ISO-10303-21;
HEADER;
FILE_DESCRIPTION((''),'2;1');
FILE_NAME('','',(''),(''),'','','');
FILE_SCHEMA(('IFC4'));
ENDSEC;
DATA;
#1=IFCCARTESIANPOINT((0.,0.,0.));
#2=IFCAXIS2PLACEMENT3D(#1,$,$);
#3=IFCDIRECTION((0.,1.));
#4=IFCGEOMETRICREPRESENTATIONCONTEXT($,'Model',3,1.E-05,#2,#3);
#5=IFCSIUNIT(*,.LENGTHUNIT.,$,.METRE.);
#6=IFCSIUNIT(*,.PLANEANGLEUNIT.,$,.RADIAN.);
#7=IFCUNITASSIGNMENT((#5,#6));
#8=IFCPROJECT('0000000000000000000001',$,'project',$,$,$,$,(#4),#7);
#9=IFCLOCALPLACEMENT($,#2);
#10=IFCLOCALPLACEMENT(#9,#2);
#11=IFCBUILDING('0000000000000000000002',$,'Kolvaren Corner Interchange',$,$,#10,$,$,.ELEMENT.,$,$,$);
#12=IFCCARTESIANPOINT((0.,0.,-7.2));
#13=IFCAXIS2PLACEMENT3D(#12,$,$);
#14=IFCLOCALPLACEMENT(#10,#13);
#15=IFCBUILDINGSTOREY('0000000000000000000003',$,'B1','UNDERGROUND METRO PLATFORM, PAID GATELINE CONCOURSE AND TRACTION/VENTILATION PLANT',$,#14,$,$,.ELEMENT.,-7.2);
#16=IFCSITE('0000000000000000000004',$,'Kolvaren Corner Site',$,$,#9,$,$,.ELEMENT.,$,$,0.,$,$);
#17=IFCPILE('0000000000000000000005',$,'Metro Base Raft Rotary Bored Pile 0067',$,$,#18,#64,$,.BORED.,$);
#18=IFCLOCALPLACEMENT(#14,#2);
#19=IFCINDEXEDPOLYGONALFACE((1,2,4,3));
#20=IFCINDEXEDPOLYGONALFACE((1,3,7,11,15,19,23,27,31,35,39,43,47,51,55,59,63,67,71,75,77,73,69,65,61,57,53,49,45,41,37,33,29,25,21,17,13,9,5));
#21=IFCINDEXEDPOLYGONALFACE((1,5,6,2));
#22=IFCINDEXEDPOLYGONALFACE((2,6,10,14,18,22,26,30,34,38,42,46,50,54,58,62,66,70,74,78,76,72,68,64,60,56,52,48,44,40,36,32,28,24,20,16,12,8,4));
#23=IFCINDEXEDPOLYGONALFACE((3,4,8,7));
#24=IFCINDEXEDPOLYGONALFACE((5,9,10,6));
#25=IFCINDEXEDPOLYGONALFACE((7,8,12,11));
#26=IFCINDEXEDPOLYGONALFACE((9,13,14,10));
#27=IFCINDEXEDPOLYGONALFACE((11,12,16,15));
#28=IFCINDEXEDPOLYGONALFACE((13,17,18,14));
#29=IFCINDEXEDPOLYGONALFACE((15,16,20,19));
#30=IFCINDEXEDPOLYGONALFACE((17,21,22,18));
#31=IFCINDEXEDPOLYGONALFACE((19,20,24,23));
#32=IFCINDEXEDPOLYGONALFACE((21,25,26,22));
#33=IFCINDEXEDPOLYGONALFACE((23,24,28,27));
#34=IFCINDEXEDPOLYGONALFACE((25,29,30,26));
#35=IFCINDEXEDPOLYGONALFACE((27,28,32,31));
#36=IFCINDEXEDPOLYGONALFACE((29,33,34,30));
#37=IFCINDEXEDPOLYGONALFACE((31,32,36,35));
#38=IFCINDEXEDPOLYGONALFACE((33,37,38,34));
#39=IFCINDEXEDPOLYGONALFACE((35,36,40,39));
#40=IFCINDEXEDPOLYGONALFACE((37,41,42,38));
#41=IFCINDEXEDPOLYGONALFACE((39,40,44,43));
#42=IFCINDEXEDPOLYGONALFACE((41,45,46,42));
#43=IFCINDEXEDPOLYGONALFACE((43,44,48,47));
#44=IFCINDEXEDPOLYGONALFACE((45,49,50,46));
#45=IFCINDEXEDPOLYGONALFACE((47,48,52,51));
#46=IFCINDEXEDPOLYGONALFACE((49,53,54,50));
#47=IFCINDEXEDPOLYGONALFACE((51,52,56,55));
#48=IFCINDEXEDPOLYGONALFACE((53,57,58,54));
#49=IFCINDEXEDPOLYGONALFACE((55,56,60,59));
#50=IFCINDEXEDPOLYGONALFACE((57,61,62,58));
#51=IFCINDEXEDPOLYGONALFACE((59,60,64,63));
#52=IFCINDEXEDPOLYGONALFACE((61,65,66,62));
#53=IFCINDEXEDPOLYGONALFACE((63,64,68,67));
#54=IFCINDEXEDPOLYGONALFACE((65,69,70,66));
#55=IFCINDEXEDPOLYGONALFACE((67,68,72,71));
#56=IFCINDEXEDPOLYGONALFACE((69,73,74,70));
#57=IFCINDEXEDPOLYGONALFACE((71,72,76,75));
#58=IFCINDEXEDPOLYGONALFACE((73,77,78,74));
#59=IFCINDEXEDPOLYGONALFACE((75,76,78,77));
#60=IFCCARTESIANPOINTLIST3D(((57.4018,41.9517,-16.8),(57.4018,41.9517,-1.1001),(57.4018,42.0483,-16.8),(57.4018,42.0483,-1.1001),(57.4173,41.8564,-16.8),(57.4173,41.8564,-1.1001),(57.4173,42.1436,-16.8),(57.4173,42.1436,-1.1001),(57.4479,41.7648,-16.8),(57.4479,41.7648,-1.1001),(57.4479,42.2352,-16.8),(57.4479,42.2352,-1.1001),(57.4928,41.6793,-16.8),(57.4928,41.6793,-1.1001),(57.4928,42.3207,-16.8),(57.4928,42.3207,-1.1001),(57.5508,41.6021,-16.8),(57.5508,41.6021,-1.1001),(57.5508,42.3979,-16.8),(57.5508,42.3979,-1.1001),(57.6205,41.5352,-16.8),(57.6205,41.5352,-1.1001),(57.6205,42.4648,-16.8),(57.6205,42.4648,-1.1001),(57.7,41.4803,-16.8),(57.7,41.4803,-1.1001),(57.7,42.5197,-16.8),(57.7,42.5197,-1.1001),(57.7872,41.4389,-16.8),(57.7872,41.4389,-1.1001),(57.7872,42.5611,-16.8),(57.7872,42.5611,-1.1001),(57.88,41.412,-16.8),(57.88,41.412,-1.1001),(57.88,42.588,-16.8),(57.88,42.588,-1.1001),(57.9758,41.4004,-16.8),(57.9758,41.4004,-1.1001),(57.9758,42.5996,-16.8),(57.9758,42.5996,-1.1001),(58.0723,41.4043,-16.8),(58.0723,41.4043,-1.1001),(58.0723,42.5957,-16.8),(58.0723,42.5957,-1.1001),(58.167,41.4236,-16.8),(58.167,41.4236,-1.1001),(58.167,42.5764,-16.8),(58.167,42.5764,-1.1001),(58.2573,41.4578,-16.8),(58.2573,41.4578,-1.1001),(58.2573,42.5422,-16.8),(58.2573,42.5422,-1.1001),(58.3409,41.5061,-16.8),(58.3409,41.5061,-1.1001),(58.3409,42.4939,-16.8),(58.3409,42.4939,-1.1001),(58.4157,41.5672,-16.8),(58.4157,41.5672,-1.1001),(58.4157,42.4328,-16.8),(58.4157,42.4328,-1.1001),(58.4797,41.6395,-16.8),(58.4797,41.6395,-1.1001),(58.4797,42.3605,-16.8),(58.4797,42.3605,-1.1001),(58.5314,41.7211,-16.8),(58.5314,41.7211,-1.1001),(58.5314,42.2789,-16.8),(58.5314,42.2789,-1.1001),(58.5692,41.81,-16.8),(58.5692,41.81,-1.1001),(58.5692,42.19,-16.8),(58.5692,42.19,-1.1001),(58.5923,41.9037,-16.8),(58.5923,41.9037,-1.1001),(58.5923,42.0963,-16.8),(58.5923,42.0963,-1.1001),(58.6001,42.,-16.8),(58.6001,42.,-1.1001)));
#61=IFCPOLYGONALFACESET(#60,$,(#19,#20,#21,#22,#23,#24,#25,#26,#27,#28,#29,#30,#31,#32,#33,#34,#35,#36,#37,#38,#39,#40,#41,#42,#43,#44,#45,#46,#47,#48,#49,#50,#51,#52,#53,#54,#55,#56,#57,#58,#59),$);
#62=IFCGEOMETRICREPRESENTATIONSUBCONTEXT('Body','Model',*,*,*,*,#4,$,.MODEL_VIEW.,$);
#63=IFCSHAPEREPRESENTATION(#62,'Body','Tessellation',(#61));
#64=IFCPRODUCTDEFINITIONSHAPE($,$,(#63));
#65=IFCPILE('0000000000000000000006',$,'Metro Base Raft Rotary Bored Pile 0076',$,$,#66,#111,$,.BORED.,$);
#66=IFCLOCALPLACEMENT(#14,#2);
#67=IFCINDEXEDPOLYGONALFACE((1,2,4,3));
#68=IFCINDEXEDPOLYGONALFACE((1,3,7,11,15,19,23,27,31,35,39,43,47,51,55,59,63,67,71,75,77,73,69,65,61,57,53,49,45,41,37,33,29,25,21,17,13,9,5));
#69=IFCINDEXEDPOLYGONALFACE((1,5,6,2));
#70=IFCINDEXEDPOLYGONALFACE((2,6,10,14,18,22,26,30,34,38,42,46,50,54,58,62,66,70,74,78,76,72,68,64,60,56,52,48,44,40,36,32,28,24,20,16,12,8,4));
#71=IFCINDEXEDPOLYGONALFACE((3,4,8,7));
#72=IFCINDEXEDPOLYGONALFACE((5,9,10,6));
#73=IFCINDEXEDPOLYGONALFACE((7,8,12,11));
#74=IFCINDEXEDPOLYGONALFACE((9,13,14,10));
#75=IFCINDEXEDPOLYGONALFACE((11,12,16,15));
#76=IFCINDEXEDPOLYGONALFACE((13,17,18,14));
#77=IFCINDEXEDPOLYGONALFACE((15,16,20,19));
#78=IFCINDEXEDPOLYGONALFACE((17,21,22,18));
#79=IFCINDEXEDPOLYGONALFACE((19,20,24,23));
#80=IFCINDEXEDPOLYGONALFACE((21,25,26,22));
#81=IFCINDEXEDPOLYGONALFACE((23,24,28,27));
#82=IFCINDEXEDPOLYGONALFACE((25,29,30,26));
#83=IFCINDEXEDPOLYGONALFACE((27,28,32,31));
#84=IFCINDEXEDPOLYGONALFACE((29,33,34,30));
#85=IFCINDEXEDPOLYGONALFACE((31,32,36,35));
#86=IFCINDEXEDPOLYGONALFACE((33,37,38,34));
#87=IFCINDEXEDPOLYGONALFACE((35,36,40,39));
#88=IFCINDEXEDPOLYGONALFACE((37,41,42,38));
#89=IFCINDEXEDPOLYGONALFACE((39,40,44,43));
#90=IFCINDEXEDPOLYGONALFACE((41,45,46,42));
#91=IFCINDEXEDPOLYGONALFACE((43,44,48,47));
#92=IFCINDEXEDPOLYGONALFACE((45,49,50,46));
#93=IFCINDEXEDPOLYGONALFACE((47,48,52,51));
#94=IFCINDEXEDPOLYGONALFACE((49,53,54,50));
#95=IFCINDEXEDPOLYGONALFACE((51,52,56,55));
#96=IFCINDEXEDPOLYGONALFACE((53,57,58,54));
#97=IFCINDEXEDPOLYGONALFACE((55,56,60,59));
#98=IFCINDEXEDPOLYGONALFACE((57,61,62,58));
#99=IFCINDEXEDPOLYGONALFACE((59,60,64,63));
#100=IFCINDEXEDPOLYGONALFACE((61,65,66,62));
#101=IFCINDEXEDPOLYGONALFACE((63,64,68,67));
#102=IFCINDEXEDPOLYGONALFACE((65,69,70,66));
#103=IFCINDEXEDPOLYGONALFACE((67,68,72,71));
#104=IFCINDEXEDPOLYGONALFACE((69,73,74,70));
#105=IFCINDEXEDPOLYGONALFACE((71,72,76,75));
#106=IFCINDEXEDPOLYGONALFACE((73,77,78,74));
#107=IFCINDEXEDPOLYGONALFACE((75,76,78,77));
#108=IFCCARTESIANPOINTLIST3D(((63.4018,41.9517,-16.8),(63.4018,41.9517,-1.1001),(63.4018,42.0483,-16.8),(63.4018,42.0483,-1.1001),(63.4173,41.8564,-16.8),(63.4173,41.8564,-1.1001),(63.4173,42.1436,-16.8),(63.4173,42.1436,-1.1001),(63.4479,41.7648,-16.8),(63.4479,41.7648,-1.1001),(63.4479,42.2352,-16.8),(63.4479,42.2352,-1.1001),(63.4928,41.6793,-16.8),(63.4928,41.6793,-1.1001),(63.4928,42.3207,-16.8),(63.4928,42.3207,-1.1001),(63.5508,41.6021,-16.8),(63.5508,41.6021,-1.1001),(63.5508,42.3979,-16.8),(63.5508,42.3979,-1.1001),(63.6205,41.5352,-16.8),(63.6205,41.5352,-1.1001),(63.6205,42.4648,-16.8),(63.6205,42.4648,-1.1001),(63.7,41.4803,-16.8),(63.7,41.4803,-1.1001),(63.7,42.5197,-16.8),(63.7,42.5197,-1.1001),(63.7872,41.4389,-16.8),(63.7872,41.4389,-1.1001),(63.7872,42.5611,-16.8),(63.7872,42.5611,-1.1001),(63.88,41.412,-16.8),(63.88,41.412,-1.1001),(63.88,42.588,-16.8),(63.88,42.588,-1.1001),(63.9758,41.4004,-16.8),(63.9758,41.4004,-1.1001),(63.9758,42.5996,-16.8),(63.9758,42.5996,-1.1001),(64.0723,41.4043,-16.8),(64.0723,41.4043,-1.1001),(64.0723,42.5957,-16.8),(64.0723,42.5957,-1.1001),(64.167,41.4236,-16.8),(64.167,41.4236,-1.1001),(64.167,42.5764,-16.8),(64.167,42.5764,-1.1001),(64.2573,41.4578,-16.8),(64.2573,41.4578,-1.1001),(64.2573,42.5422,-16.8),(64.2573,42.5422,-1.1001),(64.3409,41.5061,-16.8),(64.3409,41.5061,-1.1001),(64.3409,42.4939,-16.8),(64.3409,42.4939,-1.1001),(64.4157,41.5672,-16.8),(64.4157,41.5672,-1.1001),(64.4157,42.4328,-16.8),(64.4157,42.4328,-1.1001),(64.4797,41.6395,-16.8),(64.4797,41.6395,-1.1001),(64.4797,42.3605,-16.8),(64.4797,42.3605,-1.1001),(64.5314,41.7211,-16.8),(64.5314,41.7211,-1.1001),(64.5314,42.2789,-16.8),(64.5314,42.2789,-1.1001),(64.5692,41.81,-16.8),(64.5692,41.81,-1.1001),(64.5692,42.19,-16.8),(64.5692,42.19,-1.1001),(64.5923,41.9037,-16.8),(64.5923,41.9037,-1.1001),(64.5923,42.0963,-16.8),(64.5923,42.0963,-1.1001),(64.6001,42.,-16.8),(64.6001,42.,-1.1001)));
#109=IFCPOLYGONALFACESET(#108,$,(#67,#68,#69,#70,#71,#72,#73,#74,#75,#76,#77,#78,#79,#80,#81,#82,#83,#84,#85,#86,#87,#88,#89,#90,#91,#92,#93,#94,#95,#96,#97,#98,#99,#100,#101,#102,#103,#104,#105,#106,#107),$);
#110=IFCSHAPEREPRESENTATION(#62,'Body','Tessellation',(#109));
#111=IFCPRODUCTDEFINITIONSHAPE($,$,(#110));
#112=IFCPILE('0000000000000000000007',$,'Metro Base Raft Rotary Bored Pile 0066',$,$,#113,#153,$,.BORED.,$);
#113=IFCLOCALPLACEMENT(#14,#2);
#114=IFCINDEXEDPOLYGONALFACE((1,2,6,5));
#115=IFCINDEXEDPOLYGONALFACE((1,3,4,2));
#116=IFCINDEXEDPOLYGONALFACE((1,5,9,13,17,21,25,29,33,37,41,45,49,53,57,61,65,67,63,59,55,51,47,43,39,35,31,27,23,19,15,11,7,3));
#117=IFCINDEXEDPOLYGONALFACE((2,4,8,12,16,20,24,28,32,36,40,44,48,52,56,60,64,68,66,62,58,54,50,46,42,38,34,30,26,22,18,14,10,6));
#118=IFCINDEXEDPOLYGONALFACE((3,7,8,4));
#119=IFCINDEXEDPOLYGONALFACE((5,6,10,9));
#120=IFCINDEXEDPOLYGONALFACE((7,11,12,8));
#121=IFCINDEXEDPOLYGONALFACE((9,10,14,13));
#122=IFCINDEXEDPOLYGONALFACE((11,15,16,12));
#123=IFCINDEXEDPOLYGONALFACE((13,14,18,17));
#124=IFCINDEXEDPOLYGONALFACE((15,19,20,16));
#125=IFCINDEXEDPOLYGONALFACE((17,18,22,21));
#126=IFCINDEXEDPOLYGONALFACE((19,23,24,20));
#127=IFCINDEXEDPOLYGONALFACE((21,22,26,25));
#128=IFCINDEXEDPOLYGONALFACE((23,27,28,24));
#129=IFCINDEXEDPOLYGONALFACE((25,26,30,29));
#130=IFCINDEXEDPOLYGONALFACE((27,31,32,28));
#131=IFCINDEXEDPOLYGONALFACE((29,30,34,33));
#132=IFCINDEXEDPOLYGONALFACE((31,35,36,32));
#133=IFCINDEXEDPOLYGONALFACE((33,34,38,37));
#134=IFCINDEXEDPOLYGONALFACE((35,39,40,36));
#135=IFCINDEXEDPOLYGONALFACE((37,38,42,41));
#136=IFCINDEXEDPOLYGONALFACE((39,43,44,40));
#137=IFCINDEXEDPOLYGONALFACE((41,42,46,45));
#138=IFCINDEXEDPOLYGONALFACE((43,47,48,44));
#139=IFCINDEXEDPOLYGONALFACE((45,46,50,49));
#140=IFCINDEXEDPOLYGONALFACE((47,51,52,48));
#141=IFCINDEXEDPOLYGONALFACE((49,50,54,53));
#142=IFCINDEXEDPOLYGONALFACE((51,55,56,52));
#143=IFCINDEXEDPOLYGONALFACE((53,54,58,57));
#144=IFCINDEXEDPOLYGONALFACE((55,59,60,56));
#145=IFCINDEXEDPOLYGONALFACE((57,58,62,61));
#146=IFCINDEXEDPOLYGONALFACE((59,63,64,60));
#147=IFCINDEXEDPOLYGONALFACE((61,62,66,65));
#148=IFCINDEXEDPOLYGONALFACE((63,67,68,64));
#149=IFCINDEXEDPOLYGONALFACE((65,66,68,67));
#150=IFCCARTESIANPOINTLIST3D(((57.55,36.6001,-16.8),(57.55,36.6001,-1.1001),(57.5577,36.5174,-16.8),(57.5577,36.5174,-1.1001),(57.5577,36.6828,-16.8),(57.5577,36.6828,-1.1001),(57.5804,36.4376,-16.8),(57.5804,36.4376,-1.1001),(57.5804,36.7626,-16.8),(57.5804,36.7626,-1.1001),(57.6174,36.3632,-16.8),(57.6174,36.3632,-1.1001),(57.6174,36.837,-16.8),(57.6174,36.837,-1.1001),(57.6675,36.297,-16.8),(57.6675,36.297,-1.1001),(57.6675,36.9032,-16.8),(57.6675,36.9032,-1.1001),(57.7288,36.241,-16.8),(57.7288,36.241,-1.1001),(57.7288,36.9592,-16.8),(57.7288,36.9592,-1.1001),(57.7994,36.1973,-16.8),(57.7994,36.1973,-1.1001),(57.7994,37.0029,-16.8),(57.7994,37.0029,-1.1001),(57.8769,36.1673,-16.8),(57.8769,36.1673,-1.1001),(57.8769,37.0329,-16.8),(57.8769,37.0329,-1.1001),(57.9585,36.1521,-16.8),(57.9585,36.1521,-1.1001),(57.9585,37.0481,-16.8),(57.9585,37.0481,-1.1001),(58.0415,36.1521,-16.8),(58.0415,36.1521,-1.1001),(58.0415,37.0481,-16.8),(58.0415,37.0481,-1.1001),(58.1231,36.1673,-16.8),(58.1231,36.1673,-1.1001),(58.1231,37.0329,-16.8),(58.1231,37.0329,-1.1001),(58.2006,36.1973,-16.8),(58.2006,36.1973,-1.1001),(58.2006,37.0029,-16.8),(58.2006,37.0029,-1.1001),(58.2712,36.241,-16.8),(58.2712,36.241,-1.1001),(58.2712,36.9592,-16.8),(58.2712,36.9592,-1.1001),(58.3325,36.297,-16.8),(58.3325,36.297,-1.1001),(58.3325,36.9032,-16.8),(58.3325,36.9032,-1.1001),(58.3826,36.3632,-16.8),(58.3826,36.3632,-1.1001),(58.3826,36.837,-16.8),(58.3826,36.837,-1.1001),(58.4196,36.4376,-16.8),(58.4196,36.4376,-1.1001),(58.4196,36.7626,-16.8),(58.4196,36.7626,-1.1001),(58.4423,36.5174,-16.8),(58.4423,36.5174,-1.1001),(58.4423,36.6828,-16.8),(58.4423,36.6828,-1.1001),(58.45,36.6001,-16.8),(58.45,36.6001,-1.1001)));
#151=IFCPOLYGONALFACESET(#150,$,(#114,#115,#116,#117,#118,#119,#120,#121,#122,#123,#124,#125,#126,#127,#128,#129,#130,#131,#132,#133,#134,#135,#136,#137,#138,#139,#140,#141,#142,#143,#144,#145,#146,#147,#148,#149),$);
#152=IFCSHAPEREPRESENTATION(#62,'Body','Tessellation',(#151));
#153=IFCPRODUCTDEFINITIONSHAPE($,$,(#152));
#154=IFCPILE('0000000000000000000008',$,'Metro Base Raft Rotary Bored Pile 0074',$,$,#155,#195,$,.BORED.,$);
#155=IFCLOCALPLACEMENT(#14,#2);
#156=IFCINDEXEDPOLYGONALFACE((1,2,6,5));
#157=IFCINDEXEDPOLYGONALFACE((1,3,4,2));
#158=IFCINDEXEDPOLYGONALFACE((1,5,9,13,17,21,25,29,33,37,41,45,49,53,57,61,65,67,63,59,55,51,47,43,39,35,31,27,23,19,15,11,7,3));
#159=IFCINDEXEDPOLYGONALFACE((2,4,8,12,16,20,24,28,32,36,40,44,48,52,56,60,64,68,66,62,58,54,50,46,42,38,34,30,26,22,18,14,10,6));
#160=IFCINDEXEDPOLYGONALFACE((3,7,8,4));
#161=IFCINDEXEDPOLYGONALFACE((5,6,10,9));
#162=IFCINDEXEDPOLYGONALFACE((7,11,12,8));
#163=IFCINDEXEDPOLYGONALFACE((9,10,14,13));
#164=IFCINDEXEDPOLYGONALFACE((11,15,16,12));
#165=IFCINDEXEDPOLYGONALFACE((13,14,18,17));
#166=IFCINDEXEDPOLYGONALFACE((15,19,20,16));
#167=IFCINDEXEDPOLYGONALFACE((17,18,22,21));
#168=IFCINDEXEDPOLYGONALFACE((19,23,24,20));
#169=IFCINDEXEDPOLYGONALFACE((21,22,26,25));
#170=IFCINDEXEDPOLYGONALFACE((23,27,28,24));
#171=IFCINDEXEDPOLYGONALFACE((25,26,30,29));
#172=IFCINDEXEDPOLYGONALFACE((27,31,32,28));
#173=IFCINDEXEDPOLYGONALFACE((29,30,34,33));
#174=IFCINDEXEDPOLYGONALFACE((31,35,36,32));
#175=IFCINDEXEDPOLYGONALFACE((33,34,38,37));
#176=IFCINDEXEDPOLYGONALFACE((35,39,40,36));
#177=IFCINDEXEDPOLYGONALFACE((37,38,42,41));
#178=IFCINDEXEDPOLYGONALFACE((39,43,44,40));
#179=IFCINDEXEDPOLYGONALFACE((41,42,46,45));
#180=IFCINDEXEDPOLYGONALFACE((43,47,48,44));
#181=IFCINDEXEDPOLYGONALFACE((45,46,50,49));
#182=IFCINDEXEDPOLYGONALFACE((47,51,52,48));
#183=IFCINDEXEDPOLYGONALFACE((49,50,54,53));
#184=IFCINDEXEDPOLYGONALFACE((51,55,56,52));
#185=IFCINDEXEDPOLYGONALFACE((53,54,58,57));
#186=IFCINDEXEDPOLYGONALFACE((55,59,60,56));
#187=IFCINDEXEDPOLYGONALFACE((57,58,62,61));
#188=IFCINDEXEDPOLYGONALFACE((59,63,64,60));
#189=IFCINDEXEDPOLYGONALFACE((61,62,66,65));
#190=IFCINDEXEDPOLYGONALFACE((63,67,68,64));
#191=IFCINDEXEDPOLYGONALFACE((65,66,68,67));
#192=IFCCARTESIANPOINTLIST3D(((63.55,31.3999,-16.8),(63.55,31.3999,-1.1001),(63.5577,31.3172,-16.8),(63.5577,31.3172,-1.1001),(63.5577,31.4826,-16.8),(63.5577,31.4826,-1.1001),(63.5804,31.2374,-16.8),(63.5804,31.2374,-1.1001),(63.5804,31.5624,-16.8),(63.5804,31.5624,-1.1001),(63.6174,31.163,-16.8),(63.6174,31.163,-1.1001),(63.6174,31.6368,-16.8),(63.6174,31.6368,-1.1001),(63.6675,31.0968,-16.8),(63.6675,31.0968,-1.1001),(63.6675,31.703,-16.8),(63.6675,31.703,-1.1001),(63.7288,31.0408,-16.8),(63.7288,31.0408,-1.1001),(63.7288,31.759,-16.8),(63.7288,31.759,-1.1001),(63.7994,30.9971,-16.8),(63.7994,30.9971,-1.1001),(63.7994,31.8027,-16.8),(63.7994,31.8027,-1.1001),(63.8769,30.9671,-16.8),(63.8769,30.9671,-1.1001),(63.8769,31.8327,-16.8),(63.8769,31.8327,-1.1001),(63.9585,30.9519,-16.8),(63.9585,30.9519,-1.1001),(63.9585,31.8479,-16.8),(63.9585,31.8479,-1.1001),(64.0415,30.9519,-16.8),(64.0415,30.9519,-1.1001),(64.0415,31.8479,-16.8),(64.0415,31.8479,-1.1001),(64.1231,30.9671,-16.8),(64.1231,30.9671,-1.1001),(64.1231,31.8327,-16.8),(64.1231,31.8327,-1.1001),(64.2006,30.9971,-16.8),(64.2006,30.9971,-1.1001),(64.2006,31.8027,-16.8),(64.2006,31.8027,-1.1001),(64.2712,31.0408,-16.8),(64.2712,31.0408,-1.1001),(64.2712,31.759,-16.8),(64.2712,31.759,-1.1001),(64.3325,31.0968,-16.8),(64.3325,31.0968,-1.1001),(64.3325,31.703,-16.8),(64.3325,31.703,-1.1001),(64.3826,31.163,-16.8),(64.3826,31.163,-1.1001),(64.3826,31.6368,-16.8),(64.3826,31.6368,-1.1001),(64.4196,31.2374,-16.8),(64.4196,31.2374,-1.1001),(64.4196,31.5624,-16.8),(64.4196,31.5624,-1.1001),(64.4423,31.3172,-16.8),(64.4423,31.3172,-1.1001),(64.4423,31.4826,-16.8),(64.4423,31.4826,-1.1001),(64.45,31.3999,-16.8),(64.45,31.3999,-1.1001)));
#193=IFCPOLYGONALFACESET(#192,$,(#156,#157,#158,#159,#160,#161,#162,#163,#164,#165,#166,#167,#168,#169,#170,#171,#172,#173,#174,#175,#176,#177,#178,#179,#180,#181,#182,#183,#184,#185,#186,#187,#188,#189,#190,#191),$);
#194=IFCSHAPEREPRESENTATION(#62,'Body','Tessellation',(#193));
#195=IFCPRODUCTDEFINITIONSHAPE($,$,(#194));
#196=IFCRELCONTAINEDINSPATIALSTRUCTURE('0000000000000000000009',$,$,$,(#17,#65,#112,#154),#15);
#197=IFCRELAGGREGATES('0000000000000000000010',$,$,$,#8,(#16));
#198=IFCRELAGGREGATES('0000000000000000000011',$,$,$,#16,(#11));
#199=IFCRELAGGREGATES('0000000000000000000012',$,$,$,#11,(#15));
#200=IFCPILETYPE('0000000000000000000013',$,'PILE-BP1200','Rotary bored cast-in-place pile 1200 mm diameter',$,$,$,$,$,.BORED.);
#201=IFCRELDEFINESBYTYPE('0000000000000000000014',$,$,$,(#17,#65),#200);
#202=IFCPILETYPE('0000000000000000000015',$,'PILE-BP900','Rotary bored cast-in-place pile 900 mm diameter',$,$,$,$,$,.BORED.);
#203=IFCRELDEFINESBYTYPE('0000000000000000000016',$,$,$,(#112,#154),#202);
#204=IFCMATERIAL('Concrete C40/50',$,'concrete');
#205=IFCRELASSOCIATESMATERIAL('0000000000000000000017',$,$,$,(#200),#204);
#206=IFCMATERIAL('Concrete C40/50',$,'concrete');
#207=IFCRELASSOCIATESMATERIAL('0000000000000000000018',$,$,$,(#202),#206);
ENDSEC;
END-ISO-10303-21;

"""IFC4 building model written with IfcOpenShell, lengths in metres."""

from ifc_helpers import new_model, si_unit, direction, frame, origin, origin_2d, place, context, subcontext, project, spatial, circle, extrude, material, material_profile, profile_set, type_object, element, save


model = new_model("IFC4")

# Units and contexts
model_context = context("Model", 3, precision=1e-05, world=origin(), true_north=direction((0.0, 1.0)))
body_context = subcontext(model_context, "Body", "Model", "MODEL_VIEW")
ifc_project = project(units=[si_unit("LENGTHUNIT", "METRE"), si_unit("PLANEANGLEUNIT", "RADIAN")], contexts=[model_context])

# Site, building, storey
site_placement = place(None, origin())
site = spatial("IfcSite", under=ifc_project, at=site_placement, Name="Kolvaren Corner Site", CompositionType="ELEMENT", RefElevation=0.0)
building_placement = place(site_placement, origin())
building = spatial("IfcBuilding", under=site, at=building_placement, Name="Kolvaren Corner Interchange", CompositionType="ELEMENT")
storey_placement = place(building_placement, frame((0.0, 0.0, -7.2)))
storey = spatial("IfcBuildingStorey", under=building, at=storey_placement, Name="B1", Description="UNDERGROUND METRO PLATFORM, PAID GATELINE CONCOURSE AND TRACTION/VENTILATION PLANT", CompositionType="ELEMENT", Elevation=-7.2)

# Piles
ifc_material_1 = material(Name="Concrete C40/50", Category="concrete")
ifc_material_profile_1 = material_profile(ifc_material_1, circle(Radius=0.6001, at=origin_2d()), Name="BORED PILE 1200")
ifc_profile_set_1 = profile_set([ifc_material_profile_1], Name="Concrete C40/50")
pile_type_1 = type_object("IfcPileType", Name="PILE-BP1200", Description="Rotary bored cast-in-place pile 1200 mm diameter", PredefinedType="BORED", material=ifc_profile_set_1)
for number, where, z_axis, x_axis, name in (
    (1, (58.0, 42.0, -1.1001), (0.0, 0.0, -1.0), (1.0, 0.0, 0.0), "Metro Base Raft Rotary Bored Pile 0067"),
    (2, (64.0, 42.0, -1.1001), (0.0, 0.0, -1.0), (1.0, 0.0, 0.0), "Metro Base Raft Rotary Bored Pile 0076"),
):
    element("IfcPile", number, at=place(storey_placement, frame(where, z_axis=z_axis, x_axis=x_axis)), inside=storey, type_object=pile_type_1, Name=name, PredefinedType="BORED", context=body_context, shape_type="SweptSolid", body=[
        extrude(circle(Radius=0.6001, at=origin_2d()), origin(), (0.0, 0.0, 1.0), 15.7),
    ])
ifc_material_2 = material(Name="Concrete C40/50", Category="concrete")
ifc_material_profile_2 = material_profile(ifc_material_2, circle(Radius=0.45, at=origin_2d()), Name="BORED PILE 900")
ifc_profile_set_2 = profile_set([ifc_material_profile_2], Name="Concrete C40/50")
pile_type_2 = type_object("IfcPileType", Name="PILE-BP900", Description="Rotary bored cast-in-place pile 900 mm diameter", PredefinedType="BORED", material=ifc_profile_set_2)
for number, where, z_axis, x_axis, name in (
    (3, (58.0, 36.6001, -1.1001), (0.0, 0.0, -1.0), (1.0, 0.0, 0.0), "Metro Base Raft Rotary Bored Pile 0066"),
    (4, (64.0, 31.3999, -1.1001), (0.0, 0.0, -1.0), (1.0, 0.0, 0.0), "Metro Base Raft Rotary Bored Pile 0074"),
):
    element("IfcPile", number, at=place(storey_placement, frame(where, z_axis=z_axis, x_axis=x_axis)), inside=storey, type_object=pile_type_2, Name=name, PredefinedType="BORED", context=body_context, shape_type="SweptSolid", body=[
        extrude(circle(Radius=0.45, at=origin_2d()), origin(), (0.0, 0.0, 1.0), 15.7),
    ])

save(model, "model.ifc")
